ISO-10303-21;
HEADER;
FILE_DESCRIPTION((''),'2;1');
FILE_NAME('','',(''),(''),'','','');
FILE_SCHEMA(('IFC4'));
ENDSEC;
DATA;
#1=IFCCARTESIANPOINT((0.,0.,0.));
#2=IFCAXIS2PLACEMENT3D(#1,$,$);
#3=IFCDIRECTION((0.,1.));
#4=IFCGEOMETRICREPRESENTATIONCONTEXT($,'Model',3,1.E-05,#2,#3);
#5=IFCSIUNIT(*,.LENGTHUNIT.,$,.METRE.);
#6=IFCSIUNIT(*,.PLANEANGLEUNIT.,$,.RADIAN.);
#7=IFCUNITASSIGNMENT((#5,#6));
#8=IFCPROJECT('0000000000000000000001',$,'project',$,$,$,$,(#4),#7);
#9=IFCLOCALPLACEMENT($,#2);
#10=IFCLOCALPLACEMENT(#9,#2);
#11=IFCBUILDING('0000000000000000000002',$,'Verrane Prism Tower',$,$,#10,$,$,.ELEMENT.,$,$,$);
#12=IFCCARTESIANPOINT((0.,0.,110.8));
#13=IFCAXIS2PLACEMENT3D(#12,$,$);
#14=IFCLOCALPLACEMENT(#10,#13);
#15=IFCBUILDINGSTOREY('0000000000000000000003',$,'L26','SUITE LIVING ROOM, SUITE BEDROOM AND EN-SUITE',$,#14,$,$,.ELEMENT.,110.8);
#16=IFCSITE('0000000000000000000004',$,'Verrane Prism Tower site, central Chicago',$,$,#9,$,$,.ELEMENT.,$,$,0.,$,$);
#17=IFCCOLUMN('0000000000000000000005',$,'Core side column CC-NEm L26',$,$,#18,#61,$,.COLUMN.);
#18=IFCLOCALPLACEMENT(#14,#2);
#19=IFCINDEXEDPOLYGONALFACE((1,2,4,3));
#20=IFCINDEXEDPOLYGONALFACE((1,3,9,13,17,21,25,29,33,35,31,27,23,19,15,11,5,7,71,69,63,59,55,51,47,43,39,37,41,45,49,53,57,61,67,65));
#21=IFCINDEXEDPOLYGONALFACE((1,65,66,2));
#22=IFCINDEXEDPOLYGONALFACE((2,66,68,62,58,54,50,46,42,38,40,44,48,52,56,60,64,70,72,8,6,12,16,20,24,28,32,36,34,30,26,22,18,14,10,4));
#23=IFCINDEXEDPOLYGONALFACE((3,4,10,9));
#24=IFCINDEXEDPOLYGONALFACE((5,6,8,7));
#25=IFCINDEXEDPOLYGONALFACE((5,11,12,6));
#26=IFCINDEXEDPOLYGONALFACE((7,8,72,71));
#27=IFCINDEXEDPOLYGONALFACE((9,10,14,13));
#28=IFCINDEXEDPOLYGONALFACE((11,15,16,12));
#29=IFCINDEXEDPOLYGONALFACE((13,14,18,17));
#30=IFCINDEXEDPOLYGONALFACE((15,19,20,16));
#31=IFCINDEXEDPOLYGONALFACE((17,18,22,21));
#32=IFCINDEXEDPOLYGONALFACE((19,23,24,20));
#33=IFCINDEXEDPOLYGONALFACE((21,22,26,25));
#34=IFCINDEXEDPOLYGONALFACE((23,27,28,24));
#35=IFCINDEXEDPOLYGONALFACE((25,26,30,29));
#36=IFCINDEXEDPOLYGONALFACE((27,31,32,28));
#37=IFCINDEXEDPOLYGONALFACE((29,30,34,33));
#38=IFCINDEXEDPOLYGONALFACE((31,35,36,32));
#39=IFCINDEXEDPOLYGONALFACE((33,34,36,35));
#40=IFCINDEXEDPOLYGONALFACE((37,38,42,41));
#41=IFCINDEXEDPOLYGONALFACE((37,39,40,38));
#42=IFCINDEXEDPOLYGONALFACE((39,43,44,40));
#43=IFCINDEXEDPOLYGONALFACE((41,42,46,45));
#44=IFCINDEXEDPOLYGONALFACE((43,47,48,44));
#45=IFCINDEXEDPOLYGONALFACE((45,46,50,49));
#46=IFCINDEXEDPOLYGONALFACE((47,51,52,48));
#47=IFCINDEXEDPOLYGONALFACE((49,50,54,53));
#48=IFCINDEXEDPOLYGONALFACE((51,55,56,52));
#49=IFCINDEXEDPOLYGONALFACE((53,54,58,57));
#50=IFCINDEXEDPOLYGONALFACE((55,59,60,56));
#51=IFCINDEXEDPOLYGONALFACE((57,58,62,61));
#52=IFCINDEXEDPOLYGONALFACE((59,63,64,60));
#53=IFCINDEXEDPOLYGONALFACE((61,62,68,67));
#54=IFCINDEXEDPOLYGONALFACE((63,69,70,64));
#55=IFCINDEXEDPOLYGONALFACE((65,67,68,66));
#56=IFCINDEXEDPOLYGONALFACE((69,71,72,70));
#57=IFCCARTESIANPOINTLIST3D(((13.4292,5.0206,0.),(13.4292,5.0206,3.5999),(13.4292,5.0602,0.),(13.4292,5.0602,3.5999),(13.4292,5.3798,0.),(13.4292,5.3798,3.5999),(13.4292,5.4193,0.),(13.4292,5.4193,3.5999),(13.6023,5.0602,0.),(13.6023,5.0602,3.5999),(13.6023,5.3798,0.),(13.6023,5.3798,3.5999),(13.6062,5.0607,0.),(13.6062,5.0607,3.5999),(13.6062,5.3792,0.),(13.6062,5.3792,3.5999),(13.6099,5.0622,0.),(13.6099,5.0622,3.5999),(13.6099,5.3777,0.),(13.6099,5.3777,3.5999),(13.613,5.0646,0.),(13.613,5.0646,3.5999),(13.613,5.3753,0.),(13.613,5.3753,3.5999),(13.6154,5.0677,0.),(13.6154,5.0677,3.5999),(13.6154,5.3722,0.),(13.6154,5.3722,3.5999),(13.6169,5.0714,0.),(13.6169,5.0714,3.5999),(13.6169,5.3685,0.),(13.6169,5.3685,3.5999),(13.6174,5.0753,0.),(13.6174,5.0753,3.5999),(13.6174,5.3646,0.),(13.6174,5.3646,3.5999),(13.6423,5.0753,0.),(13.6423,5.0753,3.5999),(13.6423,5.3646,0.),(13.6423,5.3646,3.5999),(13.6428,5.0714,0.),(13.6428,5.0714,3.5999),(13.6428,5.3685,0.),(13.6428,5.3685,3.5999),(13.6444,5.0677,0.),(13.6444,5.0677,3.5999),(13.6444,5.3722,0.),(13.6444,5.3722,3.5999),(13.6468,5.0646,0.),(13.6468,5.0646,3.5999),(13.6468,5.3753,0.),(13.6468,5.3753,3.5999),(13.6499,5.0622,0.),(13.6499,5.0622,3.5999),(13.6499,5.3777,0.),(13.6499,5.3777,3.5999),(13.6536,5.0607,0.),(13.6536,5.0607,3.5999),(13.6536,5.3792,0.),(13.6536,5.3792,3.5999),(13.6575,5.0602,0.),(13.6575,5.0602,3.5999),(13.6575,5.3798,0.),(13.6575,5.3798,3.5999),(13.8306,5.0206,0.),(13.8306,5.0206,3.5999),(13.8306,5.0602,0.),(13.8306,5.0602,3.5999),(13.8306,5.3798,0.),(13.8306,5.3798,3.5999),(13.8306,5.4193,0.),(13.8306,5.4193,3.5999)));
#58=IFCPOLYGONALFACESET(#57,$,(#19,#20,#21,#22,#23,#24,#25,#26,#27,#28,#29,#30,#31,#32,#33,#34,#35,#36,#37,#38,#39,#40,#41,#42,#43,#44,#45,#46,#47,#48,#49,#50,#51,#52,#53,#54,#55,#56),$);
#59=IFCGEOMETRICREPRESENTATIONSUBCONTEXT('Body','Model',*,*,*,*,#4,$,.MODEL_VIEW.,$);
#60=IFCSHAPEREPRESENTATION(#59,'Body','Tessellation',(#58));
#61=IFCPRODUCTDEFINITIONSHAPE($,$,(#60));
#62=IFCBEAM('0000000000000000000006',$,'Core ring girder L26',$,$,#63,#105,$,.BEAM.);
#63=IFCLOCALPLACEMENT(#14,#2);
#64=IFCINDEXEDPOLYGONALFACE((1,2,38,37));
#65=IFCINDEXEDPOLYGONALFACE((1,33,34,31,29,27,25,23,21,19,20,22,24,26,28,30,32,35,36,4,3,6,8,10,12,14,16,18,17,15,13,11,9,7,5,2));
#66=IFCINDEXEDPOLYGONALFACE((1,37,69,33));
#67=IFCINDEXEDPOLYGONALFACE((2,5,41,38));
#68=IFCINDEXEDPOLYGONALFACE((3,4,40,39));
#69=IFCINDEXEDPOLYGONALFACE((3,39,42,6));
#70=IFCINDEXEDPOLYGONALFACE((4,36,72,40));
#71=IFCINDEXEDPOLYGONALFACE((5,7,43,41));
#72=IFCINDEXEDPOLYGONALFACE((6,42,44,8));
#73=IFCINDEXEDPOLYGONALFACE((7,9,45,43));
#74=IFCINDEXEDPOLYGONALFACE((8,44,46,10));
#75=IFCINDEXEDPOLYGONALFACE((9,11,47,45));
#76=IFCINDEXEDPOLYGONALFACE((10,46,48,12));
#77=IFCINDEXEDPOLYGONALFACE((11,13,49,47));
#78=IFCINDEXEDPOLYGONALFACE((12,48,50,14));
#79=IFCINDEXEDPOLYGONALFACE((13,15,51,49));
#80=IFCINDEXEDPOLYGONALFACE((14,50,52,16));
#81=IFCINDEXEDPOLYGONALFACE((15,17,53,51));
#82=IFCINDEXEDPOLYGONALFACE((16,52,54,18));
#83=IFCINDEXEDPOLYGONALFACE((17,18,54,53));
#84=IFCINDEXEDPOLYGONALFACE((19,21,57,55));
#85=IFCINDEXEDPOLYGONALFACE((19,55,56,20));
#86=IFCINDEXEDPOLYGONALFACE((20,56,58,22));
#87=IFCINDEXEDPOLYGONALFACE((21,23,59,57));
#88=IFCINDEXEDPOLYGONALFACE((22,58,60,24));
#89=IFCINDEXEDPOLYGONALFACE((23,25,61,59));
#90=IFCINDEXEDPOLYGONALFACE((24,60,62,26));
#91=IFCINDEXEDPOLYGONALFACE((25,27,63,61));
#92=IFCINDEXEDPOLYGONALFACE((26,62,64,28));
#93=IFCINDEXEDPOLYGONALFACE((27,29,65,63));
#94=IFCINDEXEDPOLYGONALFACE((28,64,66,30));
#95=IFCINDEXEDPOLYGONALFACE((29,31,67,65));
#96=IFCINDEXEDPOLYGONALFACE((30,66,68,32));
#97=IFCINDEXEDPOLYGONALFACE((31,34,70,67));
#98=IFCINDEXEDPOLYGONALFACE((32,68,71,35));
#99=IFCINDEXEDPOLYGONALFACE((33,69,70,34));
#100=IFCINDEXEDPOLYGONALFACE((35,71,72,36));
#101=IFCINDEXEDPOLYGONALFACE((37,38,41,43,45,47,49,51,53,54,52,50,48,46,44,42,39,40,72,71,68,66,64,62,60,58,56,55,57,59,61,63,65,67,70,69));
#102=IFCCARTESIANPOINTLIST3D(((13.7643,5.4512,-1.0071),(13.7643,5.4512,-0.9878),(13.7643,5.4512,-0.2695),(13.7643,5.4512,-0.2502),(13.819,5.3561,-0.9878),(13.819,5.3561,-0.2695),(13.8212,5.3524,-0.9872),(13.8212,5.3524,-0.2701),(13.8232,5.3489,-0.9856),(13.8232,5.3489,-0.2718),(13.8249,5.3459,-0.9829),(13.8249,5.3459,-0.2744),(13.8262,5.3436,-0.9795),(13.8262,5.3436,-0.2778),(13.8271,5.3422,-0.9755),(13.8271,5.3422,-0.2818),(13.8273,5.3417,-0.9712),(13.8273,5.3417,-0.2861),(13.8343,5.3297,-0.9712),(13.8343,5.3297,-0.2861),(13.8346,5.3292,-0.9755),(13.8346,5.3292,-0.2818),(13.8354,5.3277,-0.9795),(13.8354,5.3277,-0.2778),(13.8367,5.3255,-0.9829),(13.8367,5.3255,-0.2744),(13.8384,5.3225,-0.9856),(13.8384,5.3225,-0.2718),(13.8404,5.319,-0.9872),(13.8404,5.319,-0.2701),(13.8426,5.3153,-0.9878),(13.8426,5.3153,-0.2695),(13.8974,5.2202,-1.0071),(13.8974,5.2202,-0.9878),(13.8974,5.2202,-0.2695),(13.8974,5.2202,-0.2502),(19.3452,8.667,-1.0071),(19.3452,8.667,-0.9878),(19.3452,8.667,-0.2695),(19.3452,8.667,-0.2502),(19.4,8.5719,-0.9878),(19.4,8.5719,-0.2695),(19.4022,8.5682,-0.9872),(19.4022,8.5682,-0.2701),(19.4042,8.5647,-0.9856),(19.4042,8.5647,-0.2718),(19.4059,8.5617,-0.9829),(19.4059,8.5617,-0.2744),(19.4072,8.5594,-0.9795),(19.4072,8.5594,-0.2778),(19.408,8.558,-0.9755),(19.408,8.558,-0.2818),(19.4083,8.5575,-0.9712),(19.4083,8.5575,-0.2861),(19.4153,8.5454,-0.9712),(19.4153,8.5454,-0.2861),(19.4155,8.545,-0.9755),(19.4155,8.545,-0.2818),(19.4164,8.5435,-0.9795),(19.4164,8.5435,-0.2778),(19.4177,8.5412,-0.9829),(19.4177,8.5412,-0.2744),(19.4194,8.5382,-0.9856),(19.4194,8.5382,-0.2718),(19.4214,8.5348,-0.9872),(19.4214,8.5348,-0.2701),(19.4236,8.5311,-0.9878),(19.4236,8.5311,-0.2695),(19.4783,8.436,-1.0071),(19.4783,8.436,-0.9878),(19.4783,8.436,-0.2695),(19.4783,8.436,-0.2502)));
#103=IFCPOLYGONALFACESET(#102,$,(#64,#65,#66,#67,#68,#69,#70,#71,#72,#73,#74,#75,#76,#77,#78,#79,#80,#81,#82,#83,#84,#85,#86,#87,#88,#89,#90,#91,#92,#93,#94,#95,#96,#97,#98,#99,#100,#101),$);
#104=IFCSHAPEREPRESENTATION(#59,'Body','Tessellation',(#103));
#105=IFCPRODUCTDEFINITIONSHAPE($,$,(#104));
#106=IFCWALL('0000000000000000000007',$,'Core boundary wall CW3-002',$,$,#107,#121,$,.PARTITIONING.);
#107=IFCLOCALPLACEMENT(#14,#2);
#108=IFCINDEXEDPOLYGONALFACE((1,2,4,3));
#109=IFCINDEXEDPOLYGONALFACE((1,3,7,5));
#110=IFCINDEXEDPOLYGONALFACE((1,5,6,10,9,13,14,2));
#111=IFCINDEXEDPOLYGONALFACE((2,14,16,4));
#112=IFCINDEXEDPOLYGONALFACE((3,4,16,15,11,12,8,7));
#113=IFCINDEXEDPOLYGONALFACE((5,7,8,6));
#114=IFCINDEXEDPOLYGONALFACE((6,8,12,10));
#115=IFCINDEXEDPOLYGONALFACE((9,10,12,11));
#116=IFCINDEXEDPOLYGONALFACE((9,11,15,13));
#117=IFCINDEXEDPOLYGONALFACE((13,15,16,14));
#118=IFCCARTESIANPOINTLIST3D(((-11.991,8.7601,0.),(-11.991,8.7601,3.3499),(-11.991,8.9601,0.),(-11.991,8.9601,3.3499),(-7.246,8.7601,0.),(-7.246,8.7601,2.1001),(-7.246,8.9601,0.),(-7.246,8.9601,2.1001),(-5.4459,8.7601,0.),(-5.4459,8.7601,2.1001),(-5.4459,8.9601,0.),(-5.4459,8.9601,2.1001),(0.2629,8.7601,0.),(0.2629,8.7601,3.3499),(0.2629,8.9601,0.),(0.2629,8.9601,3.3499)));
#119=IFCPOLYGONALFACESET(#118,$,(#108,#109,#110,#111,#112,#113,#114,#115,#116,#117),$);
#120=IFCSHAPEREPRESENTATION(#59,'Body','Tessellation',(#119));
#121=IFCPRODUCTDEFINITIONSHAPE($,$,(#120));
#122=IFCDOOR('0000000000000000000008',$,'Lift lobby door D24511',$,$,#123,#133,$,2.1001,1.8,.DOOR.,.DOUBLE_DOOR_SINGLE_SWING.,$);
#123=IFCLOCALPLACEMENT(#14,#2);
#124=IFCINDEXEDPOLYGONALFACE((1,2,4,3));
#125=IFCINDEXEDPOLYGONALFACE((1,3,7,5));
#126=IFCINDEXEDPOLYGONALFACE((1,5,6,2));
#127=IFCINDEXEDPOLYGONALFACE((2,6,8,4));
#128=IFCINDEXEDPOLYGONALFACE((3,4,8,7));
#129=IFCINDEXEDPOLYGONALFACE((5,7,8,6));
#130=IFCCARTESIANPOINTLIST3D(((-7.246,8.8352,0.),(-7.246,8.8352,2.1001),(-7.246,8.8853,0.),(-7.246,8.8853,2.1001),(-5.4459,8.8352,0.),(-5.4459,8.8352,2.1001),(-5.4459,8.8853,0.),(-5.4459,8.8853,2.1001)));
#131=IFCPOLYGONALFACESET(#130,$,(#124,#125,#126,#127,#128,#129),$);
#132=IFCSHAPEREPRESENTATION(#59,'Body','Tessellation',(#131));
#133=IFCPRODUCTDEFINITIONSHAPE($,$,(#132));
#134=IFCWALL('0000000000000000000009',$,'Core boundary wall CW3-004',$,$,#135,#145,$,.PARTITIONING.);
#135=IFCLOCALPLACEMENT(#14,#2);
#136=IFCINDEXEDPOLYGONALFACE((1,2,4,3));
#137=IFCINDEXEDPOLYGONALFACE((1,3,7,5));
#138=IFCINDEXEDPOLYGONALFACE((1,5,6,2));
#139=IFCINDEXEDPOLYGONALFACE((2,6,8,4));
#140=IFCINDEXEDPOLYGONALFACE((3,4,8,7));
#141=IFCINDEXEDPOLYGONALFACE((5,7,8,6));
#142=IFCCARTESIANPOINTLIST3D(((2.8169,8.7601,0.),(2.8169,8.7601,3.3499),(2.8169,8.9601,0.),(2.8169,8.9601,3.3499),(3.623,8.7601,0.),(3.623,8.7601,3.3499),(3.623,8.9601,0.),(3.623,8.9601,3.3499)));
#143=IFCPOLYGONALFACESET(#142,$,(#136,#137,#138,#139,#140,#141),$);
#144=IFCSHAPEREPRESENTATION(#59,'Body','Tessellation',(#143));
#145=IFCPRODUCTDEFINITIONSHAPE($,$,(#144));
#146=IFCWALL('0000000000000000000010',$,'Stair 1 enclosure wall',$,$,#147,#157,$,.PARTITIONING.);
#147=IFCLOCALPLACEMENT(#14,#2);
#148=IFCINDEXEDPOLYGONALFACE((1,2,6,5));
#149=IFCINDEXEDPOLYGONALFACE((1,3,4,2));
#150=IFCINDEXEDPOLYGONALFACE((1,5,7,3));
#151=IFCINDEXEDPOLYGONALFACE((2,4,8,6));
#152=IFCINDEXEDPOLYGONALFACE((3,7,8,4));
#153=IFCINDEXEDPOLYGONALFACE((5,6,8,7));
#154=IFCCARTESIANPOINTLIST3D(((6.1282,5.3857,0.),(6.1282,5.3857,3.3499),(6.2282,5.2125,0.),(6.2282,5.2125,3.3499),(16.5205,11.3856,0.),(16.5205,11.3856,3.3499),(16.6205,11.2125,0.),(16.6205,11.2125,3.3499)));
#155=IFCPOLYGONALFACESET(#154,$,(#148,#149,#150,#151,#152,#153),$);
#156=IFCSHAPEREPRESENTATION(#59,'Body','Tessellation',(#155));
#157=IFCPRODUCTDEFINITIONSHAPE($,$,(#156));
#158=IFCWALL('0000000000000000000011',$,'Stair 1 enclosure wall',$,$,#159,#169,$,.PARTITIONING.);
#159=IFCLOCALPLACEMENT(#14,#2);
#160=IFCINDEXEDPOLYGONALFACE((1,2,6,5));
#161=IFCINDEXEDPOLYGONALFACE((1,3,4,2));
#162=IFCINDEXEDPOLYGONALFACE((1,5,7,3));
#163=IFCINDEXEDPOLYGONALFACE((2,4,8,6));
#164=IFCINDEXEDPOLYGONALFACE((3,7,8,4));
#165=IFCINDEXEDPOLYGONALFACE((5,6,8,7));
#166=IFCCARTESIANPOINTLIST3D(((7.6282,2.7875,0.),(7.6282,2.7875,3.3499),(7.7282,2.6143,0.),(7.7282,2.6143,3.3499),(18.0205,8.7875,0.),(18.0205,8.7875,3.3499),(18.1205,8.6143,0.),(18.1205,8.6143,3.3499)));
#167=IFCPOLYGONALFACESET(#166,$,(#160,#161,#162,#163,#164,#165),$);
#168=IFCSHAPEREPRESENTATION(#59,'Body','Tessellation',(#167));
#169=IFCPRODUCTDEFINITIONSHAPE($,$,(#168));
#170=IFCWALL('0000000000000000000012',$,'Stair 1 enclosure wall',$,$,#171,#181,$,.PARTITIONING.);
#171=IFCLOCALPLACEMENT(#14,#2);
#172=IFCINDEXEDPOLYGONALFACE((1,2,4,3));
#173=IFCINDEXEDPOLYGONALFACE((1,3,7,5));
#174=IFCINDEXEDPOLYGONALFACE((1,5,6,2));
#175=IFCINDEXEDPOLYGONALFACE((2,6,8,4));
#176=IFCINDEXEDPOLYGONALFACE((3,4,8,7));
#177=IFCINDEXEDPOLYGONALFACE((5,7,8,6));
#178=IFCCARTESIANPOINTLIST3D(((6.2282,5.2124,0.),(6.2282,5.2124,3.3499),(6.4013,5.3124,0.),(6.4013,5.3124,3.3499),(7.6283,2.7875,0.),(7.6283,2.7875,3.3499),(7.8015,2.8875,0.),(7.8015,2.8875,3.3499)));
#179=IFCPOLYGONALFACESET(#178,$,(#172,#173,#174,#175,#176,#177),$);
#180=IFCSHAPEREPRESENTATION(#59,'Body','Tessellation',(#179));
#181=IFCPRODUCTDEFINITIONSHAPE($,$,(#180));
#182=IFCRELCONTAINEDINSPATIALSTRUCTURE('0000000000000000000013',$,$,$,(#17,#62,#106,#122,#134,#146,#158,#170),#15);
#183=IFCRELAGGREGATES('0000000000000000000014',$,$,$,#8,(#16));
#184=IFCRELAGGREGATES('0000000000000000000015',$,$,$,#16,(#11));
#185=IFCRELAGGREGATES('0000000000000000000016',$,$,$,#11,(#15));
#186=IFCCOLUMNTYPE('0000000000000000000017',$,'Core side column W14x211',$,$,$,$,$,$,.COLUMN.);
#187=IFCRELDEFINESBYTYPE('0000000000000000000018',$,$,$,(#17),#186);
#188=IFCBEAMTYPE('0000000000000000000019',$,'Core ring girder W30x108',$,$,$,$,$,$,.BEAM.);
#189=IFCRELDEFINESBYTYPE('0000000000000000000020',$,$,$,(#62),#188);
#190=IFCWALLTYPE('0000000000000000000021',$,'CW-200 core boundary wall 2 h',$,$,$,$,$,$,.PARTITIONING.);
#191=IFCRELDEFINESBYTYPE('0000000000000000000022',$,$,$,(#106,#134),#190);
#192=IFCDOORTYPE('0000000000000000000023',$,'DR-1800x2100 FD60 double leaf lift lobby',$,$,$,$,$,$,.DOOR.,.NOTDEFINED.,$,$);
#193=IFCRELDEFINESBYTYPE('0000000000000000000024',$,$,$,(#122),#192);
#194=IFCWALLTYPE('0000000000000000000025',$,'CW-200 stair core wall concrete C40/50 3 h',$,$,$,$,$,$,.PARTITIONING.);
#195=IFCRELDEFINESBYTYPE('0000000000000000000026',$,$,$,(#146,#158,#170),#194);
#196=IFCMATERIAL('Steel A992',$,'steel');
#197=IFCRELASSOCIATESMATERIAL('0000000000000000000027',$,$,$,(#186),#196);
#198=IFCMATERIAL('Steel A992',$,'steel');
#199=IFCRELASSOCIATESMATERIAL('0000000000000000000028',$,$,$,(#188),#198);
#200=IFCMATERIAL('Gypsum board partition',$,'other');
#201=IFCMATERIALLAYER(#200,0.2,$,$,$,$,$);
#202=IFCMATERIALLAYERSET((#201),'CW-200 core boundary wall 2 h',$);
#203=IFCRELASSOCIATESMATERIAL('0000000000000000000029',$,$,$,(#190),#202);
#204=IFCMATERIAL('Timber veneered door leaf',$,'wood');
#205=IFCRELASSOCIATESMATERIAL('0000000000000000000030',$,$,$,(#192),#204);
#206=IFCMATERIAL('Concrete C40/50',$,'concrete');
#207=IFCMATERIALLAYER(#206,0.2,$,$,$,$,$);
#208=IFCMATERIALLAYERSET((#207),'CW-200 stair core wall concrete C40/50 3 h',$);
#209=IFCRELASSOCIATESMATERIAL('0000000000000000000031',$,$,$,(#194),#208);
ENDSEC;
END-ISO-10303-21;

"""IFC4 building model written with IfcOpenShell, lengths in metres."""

from ifc_helpers import new_model, si_unit, direction, frame, frame_2d, origin, origin_2d, place, context, subcontext, project, spatial, rectangle, i_section, extrude, material, layer, layer_set, material_profile, profile_set, type_object, element, fill, save


model = new_model("IFC4")

# Units and contexts
model_context = context("Model", 3, precision=1e-05, world=origin(), true_north=direction((0.0, 1.0)))
body_context = subcontext(model_context, "Body", "Model", "MODEL_VIEW")
ifc_project = project(units=[si_unit("LENGTHUNIT", "METRE"), si_unit("PLANEANGLEUNIT", "RADIAN")], contexts=[model_context])

# Site, building, storey
site_placement = place(None, origin())
site = spatial("IfcSite", under=ifc_project, at=site_placement, Name="Verrane Prism Tower site, central Chicago", CompositionType="ELEMENT", RefElevation=0.0)
building_placement = place(site_placement, origin())
building = spatial("IfcBuilding", under=site, at=building_placement, Name="Verrane Prism Tower", CompositionType="ELEMENT")
storey_placement = place(building_placement, frame((0.0, 0.0, 110.8)))
storey = spatial("IfcBuildingStorey", under=building, at=storey_placement, Name="L26", Description="SUITE LIVING ROOM, SUITE BEDROOM AND EN-SUITE", CompositionType="ELEMENT", Elevation=110.8)

# Column
ifc_material_1 = material(Name="Steel A992", Category="steel")
ifc_material_profile_1 = material_profile(ifc_material_1, i_section(OverallWidth=0.4014, OverallDepth=0.3987, WebThickness=0.0249, FlangeThickness=0.0396, FilletRadius=0.0151, at=origin_2d()), Name="W14x211")
ifc_profile_set_1 = profile_set([ifc_material_profile_1], Name="Steel A992")
column_type = type_object("IfcColumnType", Name="Core side column W14x211", PredefinedType="COLUMN", material=ifc_profile_set_1)
column_placement = place(storey_placement, frame((13.6299, 5.22, 0.0), z_axis=(0.0, 0.0, 1.0), x_axis=(1.0, 0.0, 0.0)))
element("IfcColumn", 1, at=column_placement, inside=storey, type_object=column_type, Name="Core side column CC-NEm L26", PredefinedType="COLUMN", context=body_context, shape_type="SweptSolid", body=[
    extrude(i_section(OverallWidth=0.4014, OverallDepth=0.3987, WebThickness=0.0249, FlangeThickness=0.0396, FilletRadius=0.0151, at=origin_2d()), origin(), (0.0, 0.0, 1.0), 3.5999),
])

# Beam
ifc_material_2 = material(Name="Steel A992", Category="steel")
ifc_material_profile_2 = material_profile(ifc_material_2, i_section(OverallWidth=0.2666, OverallDepth=0.7568, WebThickness=0.0139, FlangeThickness=0.0193, FilletRadius=0.0166, at=origin_2d()), Name="W30x108")
ifc_profile_set_2 = profile_set([ifc_material_profile_2], Name="Steel A992")
beam_type = type_object("IfcBeamType", Name="Core ring girder W30x108", PredefinedType="BEAM", material=ifc_profile_set_2)
beam_placement = place(storey_placement, frame((13.8308, 5.3357, -0.6287), z_axis=(0.866456, 0.499254, 0.0), x_axis=(-0.499254, 0.866456, 0.0)))
element("IfcBeam", 2, at=beam_placement, inside=storey, type_object=beam_type, Name="Core ring girder L26", PredefinedType="BEAM", context=body_context, shape_type="SweptSolid", body=[
    extrude(i_section(OverallWidth=0.2666, OverallDepth=0.7568, WebThickness=0.0139, FlangeThickness=0.0193, FilletRadius=0.0166, at=origin_2d()), origin(), (0.0, 0.0, 1.0), 6.4412),
])

# Wall, opening, door
ifc_material_3 = material(Name="Gypsum board partition", Category="other")
ifc_layer_1 = layer(ifc_material_3, 0.2)
ifc_layer_set_1 = layer_set([ifc_layer_1], Name="CW-200 core boundary wall 2 h")
wall_type_1 = type_object("IfcWallType", Name="CW-200 core boundary wall 2 h", PredefinedType="PARTITIONING", material=ifc_layer_set_1)
wall_1_placement = place(storey_placement, frame((0.2629, 8.8601, 0.0), z_axis=(0.0, 0.0, 1.0), x_axis=(-1.0, 0.0, 0.0)))
wall_1 = element("IfcWall", 3, at=wall_1_placement, inside=storey, type_object=wall_type_1, Name="Core boundary wall CW3-002", PredefinedType="PARTITIONING", context=body_context, shape_type="SweptSolid", body=[
    extrude(rectangle(XDim=12.2539, YDim=0.2, at=frame_2d((6.127, 0.0))), origin(), (0.0, 0.0, 1.0), 3.3499),
])
opening_1_placement = place(wall_1_placement, frame((5.709, 0.0, 0.0)))
opening_1 = element("IfcOpeningElement", 4, at=opening_1_placement, cuts=wall_1, PredefinedType="OPENING", context=body_context, shape_type="SweptSolid", body=[
    extrude(rectangle(XDim=1.8, YDim=2.1001, at=frame_2d((0.8999, 1.05))), frame((0.0, 0.1099, 0.0), z_axis=(0.0, -1.0, 0.0), x_axis=(1.0, 0.0, 0.0)), (0.0, 0.0, 1.0), 0.22),
])
ifc_material_4 = material(Name="Timber veneered door leaf", Category="wood")
door_type_1 = type_object("IfcDoorType", Name="DR-1800x2100 FD60 double leaf lift lobby", OperationType="NOTDEFINED", PredefinedType="DOOR", material=ifc_material_4)
door_1_placement = place(opening_1_placement, origin())
door_1 = element("IfcDoor", 5, at=door_1_placement, inside=storey, type_object=door_type_1, Name="Lift lobby door D24511", OperationType="DOUBLE_DOOR_SINGLE_SWING", OverallHeight=2.1001, OverallWidth=1.8, PredefinedType="DOOR", context=body_context, shape_type="SweptSolid", body=[
    extrude(rectangle(XDim=1.8, YDim=2.1001, at=frame_2d((0.8999, 1.05))), frame((0.0, 0.0249, 0.0), z_axis=(0.0, -1.0, 0.0), x_axis=(1.0, 0.0, 0.0)), (0.0, 0.0, 1.0), 0.05),
])
fill(opening_1, door_1)

# Walls
wall_2_placement = place(storey_placement, frame((2.8169, 8.8601, 0.0), z_axis=(0.0, 0.0, 1.0), x_axis=(1.0, 0.0, 0.0)))
element("IfcWall", 6, at=wall_2_placement, inside=storey, type_object=wall_type_1, Name="Core boundary wall CW3-004", PredefinedType="PARTITIONING", context=body_context, shape_type="SweptSolid", body=[
    extrude(rectangle(XDim=0.8062, YDim=0.2, at=frame_2d((0.4031, 0.0))), origin(), (0.0, 0.0, 1.0), 3.3499),
])
ifc_material_5 = material(Name="Concrete C40/50", Category="concrete")
ifc_layer_2 = layer(ifc_material_5, 0.2)
ifc_layer_set_2 = layer_set([ifc_layer_2], Name="CW-200 stair core wall concrete C40/50 3 h")
wall_type_2 = type_object("IfcWallType", Name="CW-200 stair core wall concrete C40/50 3 h", PredefinedType="PARTITIONING", material=ifc_layer_set_2)
for number, where, z_axis, x_axis, name in (
    (7, (6.1782, 5.2991, 0.0), (0.0, 0.0, 1.0), (0.866026, 0.499999, 0.0), "Stair 1 enclosure wall"),
    (8, (7.6782, 2.7009, 0.0), (0.0, 0.0, 1.0), (0.866026, 0.499999, 0.0), "Stair 1 enclosure wall"),
):
    element("IfcWall", number, at=place(storey_placement, frame(where, z_axis=z_axis, x_axis=x_axis)), inside=storey, type_object=wall_type_2, Name=name, PredefinedType="PARTITIONING", context=body_context, shape_type="SweptSolid", body=[
        extrude(rectangle(XDim=12.0, YDim=0.2, at=frame_2d((6.0, 0.0))), origin(), (0.0, 0.0, 1.0), 3.3499),
    ])
wall_3_placement = place(storey_placement, frame((7.7148, 2.8376, 0.0), z_axis=(0.0, 0.0, 1.0), x_axis=(-0.50005, 0.865997, 0.0)))
element("IfcWall", 9, at=wall_3_placement, inside=storey, type_object=wall_type_2, Name="Stair 1 enclosure wall", PredefinedType="PARTITIONING", context=body_context, shape_type="SweptSolid", body=[
    extrude(rectangle(XDim=2.8, YDim=0.2, at=frame_2d((1.3999, 0.0))), origin(), (0.0, 0.0, 1.0), 3.3499),
])

save(model, "model.ifc")
